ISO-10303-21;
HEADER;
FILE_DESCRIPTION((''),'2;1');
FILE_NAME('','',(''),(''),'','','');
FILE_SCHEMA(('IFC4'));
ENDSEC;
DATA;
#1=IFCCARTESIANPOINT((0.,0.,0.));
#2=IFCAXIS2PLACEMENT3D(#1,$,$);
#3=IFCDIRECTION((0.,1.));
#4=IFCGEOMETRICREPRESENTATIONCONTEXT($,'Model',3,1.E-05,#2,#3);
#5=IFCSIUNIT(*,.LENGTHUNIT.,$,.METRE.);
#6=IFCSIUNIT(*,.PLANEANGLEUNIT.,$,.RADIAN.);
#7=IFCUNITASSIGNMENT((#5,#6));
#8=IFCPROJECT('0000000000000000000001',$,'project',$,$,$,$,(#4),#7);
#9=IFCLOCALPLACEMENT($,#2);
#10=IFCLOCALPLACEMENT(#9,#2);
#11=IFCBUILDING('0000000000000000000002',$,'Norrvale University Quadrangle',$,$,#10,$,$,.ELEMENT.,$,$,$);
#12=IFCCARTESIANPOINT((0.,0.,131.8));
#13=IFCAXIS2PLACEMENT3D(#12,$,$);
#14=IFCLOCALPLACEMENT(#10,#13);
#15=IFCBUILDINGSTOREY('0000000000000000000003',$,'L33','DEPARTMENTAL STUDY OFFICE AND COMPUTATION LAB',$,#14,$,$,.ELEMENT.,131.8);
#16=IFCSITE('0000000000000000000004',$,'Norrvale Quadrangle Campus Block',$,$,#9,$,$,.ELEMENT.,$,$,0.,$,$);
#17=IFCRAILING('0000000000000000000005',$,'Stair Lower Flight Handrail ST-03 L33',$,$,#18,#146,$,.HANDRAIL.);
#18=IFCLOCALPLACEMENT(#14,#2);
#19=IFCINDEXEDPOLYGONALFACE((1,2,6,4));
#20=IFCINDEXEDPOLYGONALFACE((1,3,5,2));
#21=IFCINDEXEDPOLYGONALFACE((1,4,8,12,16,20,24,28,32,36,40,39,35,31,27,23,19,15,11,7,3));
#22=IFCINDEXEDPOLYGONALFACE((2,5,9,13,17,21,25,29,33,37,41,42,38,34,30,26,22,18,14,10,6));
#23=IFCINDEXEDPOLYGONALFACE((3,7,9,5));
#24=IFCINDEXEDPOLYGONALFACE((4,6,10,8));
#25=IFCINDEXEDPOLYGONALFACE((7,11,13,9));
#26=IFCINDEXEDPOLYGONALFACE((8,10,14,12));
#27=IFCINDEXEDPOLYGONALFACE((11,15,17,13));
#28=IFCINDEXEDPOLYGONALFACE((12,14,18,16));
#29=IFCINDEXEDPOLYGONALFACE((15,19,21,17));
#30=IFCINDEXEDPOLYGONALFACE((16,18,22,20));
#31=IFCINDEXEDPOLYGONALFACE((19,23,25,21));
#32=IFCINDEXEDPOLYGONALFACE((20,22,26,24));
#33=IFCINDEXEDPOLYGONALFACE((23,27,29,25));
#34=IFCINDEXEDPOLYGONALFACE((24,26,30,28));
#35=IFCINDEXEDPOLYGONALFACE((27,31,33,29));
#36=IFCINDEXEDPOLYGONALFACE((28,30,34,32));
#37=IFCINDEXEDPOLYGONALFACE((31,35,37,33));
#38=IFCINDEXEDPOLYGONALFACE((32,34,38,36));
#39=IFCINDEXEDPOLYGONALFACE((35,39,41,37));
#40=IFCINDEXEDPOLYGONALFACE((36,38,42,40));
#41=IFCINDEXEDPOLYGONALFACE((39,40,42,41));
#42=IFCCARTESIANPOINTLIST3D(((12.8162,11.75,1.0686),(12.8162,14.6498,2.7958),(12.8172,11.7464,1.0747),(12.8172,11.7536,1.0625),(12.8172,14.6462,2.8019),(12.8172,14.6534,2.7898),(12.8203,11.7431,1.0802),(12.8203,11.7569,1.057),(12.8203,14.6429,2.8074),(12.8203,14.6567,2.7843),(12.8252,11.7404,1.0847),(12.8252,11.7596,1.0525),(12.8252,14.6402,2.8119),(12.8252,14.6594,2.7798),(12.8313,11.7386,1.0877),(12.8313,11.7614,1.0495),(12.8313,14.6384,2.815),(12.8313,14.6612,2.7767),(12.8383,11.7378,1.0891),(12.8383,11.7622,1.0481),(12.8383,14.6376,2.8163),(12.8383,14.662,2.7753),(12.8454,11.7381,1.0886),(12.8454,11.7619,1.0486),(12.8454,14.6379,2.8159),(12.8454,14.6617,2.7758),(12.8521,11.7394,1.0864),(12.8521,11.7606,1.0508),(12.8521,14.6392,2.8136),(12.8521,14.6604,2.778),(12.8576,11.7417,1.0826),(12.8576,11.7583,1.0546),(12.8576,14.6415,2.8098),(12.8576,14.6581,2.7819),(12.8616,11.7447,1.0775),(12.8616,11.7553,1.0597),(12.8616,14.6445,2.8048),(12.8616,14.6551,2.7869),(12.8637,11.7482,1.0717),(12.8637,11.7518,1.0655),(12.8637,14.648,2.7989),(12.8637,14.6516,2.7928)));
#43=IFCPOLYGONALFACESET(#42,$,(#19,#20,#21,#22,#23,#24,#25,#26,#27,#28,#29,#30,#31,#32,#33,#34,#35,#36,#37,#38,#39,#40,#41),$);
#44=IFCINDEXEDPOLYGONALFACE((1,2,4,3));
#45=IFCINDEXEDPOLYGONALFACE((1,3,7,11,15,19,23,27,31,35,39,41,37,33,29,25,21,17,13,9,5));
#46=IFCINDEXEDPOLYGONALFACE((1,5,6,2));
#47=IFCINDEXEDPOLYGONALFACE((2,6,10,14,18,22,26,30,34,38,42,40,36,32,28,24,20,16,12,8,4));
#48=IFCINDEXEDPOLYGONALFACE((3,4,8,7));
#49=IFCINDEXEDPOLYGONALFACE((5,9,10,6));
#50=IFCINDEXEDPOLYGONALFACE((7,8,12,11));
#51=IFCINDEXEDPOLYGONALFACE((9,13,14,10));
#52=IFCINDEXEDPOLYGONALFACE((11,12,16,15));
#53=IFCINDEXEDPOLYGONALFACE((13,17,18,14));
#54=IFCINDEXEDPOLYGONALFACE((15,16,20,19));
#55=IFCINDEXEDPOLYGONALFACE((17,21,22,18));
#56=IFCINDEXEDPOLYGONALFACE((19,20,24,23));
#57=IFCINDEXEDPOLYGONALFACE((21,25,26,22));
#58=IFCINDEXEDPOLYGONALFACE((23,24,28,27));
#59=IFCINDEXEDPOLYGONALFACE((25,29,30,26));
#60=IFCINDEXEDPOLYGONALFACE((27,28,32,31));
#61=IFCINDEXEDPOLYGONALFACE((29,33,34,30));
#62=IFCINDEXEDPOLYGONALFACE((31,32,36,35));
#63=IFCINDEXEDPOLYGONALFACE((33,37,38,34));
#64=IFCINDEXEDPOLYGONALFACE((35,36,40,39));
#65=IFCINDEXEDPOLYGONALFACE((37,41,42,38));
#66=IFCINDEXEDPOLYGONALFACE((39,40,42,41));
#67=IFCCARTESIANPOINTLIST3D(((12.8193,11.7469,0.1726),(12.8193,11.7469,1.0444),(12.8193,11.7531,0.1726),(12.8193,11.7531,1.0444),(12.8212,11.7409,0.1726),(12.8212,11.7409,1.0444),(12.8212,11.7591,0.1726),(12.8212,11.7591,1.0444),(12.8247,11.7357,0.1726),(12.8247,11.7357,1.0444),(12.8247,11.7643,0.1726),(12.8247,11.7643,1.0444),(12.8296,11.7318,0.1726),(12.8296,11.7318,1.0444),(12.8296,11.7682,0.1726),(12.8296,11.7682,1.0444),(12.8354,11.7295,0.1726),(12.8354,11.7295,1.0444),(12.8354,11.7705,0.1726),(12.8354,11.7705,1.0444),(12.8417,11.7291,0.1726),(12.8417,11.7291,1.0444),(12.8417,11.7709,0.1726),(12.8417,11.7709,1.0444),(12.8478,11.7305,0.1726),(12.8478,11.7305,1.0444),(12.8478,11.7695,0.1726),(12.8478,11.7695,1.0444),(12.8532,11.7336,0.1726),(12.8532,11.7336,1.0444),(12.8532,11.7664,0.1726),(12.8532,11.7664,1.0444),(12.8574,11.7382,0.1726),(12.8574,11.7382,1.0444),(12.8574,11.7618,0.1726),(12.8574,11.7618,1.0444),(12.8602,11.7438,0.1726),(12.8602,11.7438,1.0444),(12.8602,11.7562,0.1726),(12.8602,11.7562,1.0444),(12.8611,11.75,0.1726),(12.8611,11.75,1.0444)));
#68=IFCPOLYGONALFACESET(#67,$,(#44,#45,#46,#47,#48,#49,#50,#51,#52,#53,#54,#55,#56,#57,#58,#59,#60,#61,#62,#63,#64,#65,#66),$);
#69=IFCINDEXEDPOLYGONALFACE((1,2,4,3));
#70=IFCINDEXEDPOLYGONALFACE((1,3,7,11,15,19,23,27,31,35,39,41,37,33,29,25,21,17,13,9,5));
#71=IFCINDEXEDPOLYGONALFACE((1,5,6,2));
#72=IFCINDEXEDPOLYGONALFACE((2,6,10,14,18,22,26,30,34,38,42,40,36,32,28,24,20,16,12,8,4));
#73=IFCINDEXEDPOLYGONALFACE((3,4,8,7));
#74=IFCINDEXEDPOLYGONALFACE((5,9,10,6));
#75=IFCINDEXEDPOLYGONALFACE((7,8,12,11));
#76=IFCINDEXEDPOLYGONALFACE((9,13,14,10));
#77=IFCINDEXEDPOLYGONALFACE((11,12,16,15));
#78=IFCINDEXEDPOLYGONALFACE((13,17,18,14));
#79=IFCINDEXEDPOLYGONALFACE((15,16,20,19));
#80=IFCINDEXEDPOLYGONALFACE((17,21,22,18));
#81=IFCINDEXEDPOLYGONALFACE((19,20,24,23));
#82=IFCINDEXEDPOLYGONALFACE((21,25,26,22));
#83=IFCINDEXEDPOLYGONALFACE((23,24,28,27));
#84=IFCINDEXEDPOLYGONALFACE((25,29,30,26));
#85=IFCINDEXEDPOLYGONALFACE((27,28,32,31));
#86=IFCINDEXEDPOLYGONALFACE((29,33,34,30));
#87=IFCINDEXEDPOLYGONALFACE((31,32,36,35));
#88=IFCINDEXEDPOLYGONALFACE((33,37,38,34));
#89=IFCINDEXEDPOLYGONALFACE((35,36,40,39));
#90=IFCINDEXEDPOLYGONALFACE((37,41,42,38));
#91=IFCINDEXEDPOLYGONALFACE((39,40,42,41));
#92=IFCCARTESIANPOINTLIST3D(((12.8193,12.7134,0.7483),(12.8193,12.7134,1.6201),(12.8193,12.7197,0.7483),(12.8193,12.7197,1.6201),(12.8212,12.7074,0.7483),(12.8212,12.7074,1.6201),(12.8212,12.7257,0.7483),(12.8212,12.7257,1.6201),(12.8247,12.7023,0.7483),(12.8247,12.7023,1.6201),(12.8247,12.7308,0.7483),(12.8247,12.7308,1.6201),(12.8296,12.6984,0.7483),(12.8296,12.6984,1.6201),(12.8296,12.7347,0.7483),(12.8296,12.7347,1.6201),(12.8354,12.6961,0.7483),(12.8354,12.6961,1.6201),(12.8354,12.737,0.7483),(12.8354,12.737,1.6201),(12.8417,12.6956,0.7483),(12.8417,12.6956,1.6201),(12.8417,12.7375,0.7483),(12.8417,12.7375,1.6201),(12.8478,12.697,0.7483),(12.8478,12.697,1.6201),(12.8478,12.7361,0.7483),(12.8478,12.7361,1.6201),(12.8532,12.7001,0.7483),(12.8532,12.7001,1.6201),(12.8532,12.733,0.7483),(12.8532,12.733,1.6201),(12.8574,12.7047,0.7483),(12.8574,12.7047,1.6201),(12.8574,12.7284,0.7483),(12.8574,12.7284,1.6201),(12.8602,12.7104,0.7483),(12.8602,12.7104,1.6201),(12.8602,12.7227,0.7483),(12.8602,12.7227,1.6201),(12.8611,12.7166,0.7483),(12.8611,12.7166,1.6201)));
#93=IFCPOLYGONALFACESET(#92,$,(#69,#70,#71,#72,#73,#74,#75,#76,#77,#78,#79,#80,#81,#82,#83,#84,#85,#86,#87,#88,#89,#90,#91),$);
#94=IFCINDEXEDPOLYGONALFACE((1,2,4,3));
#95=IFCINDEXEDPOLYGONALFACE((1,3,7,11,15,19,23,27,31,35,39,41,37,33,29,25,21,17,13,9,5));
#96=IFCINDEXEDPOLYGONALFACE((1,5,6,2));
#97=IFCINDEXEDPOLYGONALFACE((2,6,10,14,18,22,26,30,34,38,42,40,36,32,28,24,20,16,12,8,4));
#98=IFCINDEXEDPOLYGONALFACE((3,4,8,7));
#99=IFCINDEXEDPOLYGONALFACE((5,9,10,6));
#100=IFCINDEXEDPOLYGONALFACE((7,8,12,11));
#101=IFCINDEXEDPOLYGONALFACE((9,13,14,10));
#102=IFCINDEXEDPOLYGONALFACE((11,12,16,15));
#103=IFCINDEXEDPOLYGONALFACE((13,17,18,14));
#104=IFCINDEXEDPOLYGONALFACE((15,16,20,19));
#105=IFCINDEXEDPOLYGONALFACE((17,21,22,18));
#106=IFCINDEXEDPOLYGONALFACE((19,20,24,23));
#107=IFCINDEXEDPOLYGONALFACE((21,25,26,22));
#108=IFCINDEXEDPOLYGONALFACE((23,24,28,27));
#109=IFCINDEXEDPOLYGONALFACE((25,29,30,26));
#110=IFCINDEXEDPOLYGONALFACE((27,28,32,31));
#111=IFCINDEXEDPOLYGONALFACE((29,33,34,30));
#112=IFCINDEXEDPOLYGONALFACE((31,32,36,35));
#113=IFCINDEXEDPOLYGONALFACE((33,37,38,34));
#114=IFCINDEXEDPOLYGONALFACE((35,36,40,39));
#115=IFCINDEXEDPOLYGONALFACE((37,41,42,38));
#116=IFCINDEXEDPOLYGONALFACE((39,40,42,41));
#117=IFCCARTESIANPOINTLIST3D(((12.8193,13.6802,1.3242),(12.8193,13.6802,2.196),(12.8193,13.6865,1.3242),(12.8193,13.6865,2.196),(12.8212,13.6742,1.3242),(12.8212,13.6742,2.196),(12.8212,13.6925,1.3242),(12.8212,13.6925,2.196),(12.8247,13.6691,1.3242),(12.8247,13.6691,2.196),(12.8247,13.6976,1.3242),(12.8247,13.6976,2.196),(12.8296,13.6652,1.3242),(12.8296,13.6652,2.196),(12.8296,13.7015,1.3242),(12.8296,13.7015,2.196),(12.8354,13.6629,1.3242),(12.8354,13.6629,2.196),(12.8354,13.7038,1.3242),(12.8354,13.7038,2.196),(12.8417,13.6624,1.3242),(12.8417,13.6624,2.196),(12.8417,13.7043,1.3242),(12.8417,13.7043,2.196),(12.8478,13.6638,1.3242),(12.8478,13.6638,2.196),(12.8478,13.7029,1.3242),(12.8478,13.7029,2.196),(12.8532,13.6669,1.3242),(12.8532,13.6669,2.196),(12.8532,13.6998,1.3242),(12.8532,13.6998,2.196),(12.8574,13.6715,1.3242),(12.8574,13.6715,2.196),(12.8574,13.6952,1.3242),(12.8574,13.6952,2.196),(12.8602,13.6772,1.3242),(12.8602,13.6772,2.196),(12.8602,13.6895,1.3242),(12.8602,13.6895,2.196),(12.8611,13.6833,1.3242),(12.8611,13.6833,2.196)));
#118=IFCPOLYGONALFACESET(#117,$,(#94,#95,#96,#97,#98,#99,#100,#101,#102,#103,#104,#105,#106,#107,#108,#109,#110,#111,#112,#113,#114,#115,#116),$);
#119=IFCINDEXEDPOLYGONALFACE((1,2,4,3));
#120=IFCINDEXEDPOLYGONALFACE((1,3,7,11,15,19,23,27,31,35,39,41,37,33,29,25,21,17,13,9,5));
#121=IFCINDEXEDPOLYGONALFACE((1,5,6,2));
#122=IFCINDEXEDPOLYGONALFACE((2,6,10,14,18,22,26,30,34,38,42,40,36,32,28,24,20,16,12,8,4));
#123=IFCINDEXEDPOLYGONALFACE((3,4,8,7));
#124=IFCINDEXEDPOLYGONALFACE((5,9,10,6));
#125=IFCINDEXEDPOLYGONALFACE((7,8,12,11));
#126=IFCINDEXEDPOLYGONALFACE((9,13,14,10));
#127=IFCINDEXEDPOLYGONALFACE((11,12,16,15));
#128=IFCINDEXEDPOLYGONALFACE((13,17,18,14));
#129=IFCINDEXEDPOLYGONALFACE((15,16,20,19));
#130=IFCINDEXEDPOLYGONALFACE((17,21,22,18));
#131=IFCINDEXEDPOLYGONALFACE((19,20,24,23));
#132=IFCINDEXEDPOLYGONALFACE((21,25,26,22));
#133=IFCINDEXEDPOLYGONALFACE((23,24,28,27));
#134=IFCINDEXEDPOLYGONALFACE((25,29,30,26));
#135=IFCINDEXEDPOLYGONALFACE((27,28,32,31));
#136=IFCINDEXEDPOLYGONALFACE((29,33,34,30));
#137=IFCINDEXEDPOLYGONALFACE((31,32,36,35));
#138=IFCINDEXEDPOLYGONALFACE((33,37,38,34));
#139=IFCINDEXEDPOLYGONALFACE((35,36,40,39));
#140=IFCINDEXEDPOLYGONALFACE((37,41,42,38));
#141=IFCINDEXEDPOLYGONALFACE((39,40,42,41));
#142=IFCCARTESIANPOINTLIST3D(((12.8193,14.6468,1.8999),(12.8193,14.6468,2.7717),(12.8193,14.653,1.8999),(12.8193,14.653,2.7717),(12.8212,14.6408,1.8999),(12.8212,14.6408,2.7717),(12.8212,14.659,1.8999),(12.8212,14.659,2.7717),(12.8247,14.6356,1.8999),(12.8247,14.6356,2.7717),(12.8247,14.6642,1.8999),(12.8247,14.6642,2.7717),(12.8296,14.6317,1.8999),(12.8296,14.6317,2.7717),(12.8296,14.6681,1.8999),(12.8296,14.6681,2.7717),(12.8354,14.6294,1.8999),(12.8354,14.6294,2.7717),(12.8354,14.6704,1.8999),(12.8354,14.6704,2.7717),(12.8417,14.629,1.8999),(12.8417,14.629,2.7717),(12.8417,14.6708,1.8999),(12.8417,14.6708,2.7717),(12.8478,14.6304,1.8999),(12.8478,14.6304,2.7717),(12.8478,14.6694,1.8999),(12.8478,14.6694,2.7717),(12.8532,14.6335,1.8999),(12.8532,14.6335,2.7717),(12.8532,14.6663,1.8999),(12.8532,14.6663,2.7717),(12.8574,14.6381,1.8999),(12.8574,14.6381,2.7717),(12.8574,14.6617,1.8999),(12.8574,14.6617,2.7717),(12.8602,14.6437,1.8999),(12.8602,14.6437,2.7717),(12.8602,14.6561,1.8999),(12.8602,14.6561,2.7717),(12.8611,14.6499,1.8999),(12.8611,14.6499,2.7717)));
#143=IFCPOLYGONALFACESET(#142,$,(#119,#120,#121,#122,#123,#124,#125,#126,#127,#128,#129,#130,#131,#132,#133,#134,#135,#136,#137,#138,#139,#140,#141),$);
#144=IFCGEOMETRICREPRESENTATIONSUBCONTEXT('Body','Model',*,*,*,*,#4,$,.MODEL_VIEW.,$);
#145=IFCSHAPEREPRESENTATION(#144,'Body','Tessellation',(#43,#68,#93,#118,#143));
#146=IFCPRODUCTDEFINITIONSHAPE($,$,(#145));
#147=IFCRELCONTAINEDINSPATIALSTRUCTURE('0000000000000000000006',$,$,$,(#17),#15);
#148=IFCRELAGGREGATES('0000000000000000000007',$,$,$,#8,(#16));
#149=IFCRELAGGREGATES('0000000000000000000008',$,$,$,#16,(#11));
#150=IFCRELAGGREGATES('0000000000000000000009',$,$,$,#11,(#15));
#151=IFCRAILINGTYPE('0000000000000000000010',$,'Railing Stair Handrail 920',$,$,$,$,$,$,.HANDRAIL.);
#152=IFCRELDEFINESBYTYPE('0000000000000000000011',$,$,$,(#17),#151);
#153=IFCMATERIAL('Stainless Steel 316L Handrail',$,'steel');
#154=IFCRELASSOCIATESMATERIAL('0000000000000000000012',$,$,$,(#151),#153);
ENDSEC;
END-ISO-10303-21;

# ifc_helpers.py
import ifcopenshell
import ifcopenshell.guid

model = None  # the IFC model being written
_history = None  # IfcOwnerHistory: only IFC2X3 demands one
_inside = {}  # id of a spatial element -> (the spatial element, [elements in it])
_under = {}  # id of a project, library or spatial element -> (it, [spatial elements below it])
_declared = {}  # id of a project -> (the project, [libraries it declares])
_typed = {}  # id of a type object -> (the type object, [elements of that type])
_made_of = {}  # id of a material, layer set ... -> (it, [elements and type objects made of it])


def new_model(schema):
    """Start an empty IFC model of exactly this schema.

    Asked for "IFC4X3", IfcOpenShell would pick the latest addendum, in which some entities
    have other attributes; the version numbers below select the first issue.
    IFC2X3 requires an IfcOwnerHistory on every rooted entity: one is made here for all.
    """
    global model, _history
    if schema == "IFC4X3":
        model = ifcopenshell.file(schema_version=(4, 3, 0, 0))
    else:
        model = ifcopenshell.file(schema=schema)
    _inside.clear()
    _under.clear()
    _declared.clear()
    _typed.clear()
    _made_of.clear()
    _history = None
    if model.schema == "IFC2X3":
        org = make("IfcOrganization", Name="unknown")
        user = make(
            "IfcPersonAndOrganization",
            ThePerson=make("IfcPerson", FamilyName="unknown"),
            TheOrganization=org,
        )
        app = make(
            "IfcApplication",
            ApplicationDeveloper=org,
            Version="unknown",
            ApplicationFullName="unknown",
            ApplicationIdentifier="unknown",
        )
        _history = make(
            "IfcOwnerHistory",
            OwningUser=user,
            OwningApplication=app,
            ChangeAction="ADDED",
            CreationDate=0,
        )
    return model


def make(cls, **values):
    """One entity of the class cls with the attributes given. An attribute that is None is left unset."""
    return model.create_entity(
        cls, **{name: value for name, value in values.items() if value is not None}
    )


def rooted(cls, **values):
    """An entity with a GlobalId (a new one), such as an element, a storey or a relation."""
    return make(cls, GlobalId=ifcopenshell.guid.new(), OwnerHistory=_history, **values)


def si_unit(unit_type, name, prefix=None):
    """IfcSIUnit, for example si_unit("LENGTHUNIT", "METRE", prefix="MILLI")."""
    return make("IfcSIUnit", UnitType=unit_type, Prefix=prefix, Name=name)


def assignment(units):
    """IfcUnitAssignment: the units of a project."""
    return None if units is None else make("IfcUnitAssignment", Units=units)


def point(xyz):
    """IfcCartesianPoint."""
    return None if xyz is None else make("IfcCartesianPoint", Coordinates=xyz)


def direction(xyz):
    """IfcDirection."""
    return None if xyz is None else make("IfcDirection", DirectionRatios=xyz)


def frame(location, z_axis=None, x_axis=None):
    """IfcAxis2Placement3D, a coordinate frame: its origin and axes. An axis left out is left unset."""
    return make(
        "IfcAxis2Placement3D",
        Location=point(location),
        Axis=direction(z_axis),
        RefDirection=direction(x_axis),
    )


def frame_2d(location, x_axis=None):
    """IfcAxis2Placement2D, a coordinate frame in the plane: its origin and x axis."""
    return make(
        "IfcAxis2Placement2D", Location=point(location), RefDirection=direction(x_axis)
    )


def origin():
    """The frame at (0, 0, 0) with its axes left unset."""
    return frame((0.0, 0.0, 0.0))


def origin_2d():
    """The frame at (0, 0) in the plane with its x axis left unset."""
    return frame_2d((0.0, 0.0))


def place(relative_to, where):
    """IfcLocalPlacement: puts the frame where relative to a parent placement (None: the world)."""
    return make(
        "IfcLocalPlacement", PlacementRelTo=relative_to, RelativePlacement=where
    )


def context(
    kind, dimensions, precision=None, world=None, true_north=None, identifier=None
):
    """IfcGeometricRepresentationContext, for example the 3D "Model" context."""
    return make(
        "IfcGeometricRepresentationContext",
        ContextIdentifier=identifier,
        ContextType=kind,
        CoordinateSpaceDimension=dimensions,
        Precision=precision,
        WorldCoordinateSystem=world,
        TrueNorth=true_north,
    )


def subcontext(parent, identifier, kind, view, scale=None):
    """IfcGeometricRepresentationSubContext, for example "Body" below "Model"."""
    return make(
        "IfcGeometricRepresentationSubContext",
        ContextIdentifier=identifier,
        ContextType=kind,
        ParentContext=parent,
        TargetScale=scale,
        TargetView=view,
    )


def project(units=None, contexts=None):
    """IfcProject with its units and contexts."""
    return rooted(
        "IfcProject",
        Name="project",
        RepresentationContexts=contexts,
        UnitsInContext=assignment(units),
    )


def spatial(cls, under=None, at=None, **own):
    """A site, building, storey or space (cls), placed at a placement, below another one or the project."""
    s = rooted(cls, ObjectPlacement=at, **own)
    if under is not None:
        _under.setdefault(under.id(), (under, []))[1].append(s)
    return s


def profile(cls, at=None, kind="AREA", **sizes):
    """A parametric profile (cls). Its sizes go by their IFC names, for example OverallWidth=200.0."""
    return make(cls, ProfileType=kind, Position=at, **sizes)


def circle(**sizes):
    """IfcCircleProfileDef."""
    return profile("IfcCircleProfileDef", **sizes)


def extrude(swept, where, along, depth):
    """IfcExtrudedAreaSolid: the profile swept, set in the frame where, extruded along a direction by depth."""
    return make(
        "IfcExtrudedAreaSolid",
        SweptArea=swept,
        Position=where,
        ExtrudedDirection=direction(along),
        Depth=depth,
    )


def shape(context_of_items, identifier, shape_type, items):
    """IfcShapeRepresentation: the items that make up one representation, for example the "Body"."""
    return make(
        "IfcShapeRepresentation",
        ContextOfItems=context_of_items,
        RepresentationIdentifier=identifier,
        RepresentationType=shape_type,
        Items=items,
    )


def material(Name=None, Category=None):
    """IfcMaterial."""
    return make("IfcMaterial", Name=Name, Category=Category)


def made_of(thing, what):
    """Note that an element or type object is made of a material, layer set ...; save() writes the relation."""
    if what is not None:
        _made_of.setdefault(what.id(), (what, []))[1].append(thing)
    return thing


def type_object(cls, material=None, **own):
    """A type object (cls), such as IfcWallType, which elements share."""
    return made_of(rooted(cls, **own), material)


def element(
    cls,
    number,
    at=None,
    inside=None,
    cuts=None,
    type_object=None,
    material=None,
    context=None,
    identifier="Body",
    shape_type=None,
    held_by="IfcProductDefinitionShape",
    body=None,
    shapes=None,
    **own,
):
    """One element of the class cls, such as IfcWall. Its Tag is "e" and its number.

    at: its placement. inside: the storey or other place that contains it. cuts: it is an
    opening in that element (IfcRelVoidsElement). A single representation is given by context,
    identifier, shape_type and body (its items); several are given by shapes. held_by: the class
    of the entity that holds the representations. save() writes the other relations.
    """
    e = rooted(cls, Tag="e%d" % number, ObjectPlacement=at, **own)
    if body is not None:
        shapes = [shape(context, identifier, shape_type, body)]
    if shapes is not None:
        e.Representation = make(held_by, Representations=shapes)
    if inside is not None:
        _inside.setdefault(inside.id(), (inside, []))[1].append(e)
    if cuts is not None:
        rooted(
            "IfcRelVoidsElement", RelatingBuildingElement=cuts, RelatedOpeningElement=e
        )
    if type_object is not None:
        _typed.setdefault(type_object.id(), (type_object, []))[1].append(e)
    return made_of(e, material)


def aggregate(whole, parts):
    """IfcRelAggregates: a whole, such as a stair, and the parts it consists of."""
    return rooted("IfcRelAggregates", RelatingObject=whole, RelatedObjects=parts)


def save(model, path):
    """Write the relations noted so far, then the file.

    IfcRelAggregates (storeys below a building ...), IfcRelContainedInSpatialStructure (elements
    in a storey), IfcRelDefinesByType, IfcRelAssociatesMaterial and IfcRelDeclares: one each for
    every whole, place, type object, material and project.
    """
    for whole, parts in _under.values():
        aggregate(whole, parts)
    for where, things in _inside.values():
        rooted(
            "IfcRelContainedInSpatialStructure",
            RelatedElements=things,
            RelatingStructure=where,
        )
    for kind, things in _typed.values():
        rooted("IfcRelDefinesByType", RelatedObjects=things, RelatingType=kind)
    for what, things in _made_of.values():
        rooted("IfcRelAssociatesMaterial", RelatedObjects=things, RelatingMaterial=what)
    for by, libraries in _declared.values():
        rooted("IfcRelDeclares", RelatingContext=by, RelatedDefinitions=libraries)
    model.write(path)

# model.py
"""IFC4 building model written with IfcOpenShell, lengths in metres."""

from ifc_helpers import new_model, si_unit, direction, frame, origin, origin_2d, place, context, subcontext, project, spatial, circle, extrude, material, type_object, element, save


model = new_model("IFC4")

# Units and contexts
model_context = context("Model", 3, precision=1e-05, world=origin(), true_north=direction((0.0, 1.0)))
body_context = subcontext(model_context, "Body", "Model", "MODEL_VIEW")
ifc_project = project(units=[si_unit("LENGTHUNIT", "METRE"), si_unit("PLANEANGLEUNIT", "RADIAN")], contexts=[model_context])

# Site, building, storey
site_placement = place(None, origin())
site = spatial("IfcSite", under=ifc_project, at=site_placement, Name="Norrvale Quadrangle Campus Block", CompositionType="ELEMENT", RefElevation=0.0)
building_placement = place(site_placement, origin())
building = spatial("IfcBuilding", under=site, at=building_placement, Name="Norrvale University Quadrangle", CompositionType="ELEMENT")
storey_placement = place(building_placement, frame((0.0, 0.0, 131.8)))
storey = spatial("IfcBuildingStorey", under=building, at=storey_placement, Name="L33", Description="DEPARTMENTAL STUDY OFFICE AND COMPUTATION LAB", CompositionType="ELEMENT", Elevation=131.8)

# Railing
ifc_material_1 = material(Name="Stainless Steel 316L Handrail", Category="steel")
railing_type_1 = type_object("IfcRailingType", Name="Railing Stair Handrail 920", PredefinedType="HANDRAIL", material=ifc_material_1)
railing_1_placement = place(storey_placement, frame((12.8401, 11.75, 0.1726)))
element("IfcRailing", 1, at=railing_1_placement, inside=storey, type_object=railing_type_1, Name="Stair Lower Flight Handrail ST-03 L33", PredefinedType="HANDRAIL", context=body_context, shape_type="SweptSolid", body=[
    extrude(circle(Radius=0.0239, at=origin_2d()), frame((0.0, 0.0, 0.896), z_axis=(0.0, 0.859141, 0.511738), x_axis=(-1.0, 0.0, 0.0)), (0.0, 0.0, 1.0), 3.3752),
    extrude(circle(Radius=0.021, at=origin_2d()), origin(), (0.0, 0.0, 1.0), 0.8718),
    extrude(circle(Radius=0.021, at=origin_2d()), frame((0.0, 0.9666, 0.5757)), (0.0, 0.0, 1.0), 0.8718),
    extrude(circle(Radius=0.021, at=origin_2d()), frame((0.0, 1.9333, 1.1516)), (0.0, 0.0, 1.0), 0.8718),
    extrude(circle(Radius=0.021, at=origin_2d()), frame((0.0, 2.8999, 1.7273)), (0.0, 0.0, 1.0), 0.8718),
])

save(model, "model.ifc")
